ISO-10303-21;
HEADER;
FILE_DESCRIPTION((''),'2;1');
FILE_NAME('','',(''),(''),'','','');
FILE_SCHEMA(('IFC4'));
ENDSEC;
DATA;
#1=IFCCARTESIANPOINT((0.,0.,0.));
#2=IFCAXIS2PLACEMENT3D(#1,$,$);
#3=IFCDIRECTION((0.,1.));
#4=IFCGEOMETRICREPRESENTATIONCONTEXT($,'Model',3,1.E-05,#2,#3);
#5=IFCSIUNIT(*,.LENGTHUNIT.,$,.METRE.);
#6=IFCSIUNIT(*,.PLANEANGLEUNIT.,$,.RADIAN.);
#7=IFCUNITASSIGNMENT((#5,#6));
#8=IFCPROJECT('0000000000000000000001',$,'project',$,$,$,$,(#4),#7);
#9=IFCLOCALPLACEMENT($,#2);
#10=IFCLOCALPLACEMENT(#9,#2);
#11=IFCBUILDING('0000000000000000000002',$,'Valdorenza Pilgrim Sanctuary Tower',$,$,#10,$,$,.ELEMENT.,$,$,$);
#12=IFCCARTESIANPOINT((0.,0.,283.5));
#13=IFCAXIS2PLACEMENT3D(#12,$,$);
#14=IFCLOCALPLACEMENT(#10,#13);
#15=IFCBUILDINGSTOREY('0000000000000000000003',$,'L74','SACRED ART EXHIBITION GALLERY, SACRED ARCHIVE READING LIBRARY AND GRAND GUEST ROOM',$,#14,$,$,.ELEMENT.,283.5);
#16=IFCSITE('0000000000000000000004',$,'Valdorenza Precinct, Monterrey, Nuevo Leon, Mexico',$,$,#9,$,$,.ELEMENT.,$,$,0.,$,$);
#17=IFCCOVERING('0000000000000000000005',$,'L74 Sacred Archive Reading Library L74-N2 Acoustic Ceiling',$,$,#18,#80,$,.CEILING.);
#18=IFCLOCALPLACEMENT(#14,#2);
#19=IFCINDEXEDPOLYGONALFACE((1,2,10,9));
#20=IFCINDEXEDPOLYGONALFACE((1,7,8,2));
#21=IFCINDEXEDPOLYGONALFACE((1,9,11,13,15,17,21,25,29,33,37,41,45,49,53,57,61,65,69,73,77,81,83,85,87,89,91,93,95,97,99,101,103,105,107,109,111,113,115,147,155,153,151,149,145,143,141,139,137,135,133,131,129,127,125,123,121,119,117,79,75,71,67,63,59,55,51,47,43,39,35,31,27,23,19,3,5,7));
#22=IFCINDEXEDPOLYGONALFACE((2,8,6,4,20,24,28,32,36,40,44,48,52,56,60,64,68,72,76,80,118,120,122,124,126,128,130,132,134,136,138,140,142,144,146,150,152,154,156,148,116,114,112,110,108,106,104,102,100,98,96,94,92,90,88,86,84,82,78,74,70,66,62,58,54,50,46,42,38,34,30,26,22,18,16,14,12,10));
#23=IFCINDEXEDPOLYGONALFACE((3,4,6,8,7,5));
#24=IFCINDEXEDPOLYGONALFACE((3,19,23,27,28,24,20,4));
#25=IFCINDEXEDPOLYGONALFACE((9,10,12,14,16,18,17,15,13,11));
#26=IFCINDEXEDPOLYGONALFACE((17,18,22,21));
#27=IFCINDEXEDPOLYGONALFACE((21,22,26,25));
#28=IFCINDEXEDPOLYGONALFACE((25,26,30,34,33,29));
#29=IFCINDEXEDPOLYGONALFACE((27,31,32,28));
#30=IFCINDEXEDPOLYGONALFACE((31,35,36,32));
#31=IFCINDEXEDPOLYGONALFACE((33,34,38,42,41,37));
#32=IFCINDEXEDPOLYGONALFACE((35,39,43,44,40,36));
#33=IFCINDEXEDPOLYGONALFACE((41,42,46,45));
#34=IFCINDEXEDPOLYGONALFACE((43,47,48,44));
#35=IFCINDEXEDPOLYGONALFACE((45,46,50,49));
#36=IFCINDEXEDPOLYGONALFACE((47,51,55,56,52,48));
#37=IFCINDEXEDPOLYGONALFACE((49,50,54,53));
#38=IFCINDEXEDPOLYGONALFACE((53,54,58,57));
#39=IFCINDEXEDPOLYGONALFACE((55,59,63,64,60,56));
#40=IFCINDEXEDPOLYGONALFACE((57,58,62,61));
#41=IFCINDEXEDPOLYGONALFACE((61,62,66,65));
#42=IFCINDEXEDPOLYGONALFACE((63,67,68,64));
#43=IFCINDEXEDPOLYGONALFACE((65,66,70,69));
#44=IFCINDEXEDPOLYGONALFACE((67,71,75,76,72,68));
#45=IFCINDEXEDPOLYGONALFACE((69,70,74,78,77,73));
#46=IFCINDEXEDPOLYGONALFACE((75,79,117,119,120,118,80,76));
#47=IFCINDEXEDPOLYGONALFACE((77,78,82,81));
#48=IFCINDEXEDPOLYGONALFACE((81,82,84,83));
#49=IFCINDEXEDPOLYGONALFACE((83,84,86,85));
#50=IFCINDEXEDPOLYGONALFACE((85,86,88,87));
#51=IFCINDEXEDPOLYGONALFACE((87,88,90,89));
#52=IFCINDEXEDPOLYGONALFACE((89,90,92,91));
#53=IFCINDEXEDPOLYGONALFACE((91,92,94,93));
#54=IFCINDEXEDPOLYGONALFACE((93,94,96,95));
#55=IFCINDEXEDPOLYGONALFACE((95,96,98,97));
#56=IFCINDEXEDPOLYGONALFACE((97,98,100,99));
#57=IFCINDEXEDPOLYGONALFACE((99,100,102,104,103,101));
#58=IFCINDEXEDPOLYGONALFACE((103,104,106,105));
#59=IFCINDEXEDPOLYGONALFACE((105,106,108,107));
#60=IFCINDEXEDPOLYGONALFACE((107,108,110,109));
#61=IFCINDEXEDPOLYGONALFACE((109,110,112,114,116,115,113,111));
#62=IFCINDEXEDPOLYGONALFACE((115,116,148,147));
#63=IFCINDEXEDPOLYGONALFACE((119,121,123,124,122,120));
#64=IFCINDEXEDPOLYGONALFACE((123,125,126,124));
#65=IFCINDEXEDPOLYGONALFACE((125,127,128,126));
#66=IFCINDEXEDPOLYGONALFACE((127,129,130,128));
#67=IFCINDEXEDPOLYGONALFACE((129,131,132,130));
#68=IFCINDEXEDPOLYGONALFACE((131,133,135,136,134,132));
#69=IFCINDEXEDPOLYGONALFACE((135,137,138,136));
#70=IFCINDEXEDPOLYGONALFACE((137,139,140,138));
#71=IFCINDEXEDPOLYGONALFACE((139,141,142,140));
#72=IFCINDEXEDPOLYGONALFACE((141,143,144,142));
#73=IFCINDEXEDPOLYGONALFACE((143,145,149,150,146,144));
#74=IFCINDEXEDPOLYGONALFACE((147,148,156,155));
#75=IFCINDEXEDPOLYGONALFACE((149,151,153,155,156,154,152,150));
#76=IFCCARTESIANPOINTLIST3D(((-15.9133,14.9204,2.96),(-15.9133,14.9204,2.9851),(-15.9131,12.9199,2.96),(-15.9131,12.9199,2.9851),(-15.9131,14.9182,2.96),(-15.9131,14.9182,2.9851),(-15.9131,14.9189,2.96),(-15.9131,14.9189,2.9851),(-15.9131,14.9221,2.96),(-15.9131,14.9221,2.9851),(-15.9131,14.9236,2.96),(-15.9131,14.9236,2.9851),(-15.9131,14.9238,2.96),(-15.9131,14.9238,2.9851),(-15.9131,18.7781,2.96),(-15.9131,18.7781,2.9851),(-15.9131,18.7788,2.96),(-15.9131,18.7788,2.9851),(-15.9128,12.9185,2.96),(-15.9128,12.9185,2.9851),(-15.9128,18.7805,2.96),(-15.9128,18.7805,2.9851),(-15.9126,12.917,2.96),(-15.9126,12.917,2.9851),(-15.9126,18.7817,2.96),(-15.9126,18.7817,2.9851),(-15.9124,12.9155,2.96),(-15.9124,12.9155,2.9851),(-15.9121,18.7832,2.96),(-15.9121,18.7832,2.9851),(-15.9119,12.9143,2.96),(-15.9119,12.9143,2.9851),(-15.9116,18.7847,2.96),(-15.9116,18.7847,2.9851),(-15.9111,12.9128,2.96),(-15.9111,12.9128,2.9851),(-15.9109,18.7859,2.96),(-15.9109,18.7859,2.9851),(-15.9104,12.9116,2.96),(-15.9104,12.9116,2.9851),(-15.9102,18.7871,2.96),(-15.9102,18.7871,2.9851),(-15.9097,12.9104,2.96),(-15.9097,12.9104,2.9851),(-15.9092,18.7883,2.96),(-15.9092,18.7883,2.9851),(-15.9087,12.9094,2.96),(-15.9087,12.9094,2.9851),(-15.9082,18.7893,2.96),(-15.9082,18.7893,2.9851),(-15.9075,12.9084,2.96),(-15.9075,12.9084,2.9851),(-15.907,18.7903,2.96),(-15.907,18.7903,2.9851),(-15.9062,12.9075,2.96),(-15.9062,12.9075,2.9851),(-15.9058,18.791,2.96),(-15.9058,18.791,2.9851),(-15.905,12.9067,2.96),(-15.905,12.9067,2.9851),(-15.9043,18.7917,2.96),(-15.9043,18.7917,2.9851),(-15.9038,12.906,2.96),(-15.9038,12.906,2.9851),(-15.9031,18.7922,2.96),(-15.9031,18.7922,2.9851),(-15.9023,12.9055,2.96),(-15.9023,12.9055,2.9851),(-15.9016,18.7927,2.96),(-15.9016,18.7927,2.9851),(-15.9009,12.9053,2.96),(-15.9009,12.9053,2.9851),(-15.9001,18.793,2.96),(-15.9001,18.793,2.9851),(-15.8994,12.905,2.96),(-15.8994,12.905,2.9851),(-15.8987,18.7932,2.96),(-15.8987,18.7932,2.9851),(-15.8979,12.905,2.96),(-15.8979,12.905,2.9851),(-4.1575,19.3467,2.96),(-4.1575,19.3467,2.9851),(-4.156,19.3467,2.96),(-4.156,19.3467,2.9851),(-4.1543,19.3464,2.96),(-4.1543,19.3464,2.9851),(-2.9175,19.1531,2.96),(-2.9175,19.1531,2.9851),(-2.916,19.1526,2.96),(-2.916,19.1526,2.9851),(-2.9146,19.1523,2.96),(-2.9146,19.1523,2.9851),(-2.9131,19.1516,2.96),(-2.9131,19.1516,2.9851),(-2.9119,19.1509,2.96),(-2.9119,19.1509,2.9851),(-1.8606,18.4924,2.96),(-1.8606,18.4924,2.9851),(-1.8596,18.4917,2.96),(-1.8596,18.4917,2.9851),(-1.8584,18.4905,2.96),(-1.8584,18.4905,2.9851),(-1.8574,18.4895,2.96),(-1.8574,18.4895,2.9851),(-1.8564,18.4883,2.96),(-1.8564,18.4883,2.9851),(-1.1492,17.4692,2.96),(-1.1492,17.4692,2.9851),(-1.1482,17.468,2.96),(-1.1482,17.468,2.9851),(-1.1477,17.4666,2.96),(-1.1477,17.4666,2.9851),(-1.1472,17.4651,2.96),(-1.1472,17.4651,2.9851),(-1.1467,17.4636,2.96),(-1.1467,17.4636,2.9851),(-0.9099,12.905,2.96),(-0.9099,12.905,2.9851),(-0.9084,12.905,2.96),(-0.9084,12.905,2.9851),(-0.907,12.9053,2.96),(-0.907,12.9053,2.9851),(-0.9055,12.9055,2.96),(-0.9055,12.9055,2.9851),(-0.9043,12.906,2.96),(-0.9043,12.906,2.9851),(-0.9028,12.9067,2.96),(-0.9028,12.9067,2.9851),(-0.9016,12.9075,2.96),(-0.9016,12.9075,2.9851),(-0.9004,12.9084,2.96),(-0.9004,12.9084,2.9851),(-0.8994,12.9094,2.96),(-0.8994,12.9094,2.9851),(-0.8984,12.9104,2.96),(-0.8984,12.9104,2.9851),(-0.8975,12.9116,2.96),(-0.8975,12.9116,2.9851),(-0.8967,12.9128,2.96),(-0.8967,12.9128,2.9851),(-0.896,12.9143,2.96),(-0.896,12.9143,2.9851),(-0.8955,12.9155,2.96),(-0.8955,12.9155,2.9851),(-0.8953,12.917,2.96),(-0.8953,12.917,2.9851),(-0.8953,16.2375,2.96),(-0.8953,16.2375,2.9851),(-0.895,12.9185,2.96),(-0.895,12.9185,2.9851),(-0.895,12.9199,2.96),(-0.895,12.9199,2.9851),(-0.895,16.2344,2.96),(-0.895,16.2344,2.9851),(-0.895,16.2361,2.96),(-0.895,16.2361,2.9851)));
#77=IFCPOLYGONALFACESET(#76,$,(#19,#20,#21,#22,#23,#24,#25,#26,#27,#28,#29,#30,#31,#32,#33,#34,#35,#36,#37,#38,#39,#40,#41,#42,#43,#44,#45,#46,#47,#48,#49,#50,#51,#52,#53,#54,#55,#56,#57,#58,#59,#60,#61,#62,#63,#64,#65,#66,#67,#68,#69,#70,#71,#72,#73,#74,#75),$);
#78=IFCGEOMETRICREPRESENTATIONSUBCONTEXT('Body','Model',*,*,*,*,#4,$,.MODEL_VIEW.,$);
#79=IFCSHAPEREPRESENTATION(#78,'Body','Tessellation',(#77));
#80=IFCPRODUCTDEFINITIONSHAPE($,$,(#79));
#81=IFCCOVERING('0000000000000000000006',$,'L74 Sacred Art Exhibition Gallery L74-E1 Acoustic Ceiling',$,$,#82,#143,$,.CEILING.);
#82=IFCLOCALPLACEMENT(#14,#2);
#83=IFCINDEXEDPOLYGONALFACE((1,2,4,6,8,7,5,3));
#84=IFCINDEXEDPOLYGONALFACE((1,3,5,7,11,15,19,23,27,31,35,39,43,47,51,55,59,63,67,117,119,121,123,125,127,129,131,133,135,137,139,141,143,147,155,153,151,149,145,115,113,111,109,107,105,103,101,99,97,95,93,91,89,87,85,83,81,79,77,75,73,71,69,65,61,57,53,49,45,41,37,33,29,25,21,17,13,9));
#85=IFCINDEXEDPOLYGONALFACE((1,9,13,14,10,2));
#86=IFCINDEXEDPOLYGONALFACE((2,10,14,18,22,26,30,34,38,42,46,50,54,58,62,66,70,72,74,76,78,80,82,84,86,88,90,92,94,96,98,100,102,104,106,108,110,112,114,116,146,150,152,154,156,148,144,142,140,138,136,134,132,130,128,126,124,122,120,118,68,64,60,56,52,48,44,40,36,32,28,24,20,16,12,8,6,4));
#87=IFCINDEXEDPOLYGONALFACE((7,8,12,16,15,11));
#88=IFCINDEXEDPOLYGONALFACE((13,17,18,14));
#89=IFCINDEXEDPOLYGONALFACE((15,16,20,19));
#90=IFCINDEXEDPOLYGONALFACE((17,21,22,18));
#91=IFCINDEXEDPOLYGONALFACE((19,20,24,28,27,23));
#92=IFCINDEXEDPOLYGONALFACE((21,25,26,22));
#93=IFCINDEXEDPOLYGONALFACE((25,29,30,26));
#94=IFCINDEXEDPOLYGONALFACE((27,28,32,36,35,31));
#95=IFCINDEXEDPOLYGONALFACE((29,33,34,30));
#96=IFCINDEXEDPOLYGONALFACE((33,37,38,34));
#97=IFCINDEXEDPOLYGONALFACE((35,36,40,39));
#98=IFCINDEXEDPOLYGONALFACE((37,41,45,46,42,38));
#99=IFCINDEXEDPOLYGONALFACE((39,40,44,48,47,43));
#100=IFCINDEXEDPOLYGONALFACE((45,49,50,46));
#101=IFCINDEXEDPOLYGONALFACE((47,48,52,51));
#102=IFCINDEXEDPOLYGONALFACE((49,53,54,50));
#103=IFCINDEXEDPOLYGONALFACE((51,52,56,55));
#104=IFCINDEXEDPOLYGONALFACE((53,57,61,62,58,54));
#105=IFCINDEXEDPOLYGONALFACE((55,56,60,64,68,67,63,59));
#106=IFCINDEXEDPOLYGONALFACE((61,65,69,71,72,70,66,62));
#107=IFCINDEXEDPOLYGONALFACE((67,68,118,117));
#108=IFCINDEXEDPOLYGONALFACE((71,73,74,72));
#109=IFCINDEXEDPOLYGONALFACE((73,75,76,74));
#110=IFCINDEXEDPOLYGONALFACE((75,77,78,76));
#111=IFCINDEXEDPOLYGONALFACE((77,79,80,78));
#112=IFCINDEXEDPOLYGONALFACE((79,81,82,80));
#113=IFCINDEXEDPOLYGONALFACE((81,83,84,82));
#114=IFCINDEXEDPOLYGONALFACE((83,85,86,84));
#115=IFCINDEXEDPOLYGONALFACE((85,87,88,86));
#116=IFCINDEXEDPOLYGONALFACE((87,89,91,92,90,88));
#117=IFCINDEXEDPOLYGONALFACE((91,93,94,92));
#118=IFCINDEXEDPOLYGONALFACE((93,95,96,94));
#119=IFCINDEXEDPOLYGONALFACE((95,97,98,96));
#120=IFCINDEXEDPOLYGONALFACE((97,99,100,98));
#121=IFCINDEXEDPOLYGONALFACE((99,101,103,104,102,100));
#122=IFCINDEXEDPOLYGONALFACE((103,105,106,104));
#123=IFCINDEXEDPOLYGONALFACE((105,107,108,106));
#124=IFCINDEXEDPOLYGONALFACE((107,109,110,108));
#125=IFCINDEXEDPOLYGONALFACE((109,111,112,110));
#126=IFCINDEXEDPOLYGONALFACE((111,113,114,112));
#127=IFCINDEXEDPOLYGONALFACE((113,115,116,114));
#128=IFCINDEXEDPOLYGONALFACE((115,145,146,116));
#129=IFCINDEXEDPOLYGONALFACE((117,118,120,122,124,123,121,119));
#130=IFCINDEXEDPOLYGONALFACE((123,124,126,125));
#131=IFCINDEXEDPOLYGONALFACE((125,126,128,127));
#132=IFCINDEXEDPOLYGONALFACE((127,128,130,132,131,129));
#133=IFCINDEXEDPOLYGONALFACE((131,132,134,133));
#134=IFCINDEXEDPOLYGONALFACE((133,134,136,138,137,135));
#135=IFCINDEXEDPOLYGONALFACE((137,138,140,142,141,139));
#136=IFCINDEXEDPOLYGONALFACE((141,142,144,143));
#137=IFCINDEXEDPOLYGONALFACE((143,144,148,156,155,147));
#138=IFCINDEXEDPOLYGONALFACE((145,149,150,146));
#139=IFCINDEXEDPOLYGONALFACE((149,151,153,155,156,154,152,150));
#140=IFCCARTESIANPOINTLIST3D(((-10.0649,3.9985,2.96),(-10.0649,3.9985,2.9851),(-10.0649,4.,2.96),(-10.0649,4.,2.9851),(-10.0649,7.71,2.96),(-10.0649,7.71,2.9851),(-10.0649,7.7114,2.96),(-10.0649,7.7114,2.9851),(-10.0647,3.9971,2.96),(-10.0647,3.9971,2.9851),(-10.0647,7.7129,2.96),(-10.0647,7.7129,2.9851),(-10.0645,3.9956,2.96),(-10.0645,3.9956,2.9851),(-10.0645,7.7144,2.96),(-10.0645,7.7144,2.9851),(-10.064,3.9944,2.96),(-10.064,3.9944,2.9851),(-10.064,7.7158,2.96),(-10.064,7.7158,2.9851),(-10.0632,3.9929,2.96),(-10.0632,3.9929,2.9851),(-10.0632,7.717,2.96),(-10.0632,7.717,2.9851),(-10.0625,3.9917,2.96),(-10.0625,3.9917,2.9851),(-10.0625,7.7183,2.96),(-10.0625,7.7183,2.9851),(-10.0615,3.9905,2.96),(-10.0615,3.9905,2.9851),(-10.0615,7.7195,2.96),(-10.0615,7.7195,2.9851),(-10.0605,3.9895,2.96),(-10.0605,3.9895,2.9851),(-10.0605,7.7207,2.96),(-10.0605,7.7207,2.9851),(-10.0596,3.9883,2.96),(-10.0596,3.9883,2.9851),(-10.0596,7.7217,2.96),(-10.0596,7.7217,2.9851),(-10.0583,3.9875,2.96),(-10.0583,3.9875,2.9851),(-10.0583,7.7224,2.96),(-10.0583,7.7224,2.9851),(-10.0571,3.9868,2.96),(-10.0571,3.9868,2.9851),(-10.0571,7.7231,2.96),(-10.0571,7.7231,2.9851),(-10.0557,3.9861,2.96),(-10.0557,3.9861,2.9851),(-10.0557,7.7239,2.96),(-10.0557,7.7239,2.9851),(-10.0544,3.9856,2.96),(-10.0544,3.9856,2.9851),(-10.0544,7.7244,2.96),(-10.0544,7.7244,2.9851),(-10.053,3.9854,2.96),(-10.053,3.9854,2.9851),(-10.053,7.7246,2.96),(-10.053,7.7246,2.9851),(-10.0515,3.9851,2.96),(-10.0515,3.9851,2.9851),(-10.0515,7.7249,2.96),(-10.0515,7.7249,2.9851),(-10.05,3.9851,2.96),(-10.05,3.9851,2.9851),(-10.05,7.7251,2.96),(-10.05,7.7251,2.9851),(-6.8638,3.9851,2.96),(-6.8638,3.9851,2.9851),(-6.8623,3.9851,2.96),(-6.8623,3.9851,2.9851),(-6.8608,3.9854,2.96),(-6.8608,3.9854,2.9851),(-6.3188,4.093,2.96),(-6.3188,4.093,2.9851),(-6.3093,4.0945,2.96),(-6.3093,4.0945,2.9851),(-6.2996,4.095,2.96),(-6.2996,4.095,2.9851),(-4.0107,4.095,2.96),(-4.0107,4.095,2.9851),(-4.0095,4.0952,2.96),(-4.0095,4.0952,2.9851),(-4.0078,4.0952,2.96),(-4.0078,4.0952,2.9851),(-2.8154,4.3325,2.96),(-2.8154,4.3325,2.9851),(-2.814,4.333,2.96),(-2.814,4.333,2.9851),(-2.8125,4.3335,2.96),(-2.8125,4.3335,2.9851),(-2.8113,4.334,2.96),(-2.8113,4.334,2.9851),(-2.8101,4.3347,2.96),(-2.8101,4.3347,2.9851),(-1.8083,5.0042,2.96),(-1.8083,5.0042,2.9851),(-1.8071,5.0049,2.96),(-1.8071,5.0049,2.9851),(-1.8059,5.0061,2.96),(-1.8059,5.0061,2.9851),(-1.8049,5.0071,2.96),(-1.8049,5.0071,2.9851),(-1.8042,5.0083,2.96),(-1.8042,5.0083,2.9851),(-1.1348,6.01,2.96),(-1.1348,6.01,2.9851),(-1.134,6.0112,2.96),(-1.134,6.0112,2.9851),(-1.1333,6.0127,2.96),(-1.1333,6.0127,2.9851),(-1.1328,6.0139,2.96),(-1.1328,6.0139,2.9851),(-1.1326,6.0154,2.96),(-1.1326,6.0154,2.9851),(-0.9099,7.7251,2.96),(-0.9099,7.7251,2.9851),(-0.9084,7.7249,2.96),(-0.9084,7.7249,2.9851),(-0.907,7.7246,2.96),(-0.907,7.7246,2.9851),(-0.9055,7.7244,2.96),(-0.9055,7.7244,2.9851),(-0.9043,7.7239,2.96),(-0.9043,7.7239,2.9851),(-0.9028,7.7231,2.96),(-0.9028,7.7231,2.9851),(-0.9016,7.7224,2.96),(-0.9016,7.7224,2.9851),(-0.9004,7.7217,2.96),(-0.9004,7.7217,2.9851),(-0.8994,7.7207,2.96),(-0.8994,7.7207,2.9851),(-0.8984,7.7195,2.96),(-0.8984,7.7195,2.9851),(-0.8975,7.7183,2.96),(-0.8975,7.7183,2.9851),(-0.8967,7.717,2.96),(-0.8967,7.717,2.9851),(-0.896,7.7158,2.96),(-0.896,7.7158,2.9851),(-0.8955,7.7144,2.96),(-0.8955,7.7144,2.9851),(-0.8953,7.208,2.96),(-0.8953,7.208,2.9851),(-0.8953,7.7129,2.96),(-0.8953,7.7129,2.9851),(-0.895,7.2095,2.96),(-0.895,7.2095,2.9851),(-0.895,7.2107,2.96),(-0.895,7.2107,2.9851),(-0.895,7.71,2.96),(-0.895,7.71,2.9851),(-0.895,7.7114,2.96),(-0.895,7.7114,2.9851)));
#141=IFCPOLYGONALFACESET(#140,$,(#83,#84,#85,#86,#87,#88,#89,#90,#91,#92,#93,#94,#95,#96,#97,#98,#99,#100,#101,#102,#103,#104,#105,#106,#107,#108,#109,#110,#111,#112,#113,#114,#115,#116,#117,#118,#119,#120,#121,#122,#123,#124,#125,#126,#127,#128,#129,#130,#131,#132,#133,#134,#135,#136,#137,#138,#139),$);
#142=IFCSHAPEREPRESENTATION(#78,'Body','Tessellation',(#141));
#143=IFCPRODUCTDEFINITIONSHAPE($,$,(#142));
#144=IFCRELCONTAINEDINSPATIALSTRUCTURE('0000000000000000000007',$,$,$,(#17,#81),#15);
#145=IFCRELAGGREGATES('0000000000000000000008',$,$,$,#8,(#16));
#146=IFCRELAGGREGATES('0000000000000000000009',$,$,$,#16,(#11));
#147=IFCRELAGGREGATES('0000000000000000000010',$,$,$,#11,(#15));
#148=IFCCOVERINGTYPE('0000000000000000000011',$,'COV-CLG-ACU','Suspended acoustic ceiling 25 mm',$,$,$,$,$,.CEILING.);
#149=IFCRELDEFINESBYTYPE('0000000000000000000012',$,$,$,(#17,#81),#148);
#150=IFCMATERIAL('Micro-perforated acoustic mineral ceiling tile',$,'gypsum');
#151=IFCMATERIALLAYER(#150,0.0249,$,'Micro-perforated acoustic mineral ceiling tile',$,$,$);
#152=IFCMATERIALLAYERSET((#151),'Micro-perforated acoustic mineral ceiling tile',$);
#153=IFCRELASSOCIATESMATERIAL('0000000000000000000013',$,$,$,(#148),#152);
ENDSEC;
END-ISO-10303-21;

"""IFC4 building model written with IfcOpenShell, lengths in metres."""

from ifc_helpers import new_model, si_unit, direction, frame, origin, place, context, subcontext, project, spatial, polyline, outline, extrude, material, layer, layer_set, type_object, element, save


model = new_model("IFC4")

# Units and contexts
model_context = context("Model", 3, precision=1e-05, world=origin(), true_north=direction((0.0, 1.0)))
body_context = subcontext(model_context, "Body", "Model", "MODEL_VIEW")
ifc_project = project(units=[si_unit("LENGTHUNIT", "METRE"), si_unit("PLANEANGLEUNIT", "RADIAN")], contexts=[model_context])

# Site, building, storey
site_placement = place(None, origin())
site = spatial("IfcSite", under=ifc_project, at=site_placement, Name="Valdorenza Precinct, Monterrey, Nuevo Leon, Mexico", CompositionType="ELEMENT", RefElevation=0.0)
building_placement = place(site_placement, origin())
building = spatial("IfcBuilding", under=site, at=building_placement, Name="Valdorenza Pilgrim Sanctuary Tower", CompositionType="ELEMENT")
storey_placement = place(building_placement, frame((0.0, 0.0, 283.5)))
storey = spatial("IfcBuildingStorey", under=building, at=storey_placement, Name="L74", Description="SACRED ART EXHIBITION GALLERY, SACRED ARCHIVE READING LIBRARY AND GRAND GUEST ROOM", CompositionType="ELEMENT", Elevation=283.5)

# Coverings
ifc_material_1 = material(Name="Micro-perforated acoustic mineral ceiling tile", Category="gypsum")
ifc_layer_1 = layer(ifc_material_1, 0.0249, Name="Micro-perforated acoustic mineral ceiling tile")
ifc_layer_set_1 = layer_set([ifc_layer_1], Name="Micro-perforated acoustic mineral ceiling tile")
covering_type_1 = type_object("IfcCoveringType", Name="COV-CLG-ACU", Description="Suspended acoustic ceiling 25 mm", PredefinedType="CEILING", material=ifc_layer_set_1)
covering_1_placement = place(storey_placement, frame((0.0, 0.0, 2.96)))
element("IfcCovering", 1, at=covering_1_placement, inside=storey, type_object=covering_type_1, Name="L74 Sacred Archive Reading Library L74-N2 Acoustic Ceiling", PredefinedType="CEILING", context=body_context, shape_type="SweptSolid", body=[
    extrude(outline(polyline([(-15.9131, 14.9182), (-15.9131, 14.9189), (-15.9133, 14.9204), (-15.9131, 14.9221), (-15.9131, 14.9236), (-15.9131, 14.9238), (-15.9131, 18.7781), (-15.9131, 18.7781), (-15.9131, 18.7788), (-15.9128, 18.7805), (-15.9126, 18.7817), (-15.9121, 18.7832), (-15.9116, 18.7847), (-15.9109, 18.7859), (-15.9102, 18.7871), (-15.9092, 18.7883), (-15.9082, 18.7893), (-15.907, 18.7903), (-15.9058, 18.791), (-15.9043, 18.7917), (-15.9031, 18.7922), (-15.9016, 18.7927), (-15.9001, 18.793), (-15.8987, 18.7932), (-4.1575, 19.3467), (-4.156, 19.3467), (-4.1543, 19.3464), (-2.9175, 19.1531), (-2.916, 19.1526), (-2.9146, 19.1523), (-2.9131, 19.1516), (-2.9119, 19.1509), (-1.8606, 18.4924), (-1.8596, 18.4917), (-1.8584, 18.4905), (-1.8574, 18.4895), (-1.8564, 18.4883), (-1.1492, 17.4692), (-1.1482, 17.468), (-1.1477, 17.4666), (-1.1472, 17.4651), (-1.1467, 17.4636), (-0.8953, 16.2375), (-0.895, 16.2361), (-0.895, 16.2344), (-0.895, 12.9199), (-0.895, 12.9185), (-0.8953, 12.917), (-0.8955, 12.9155), (-0.896, 12.9143), (-0.8967, 12.9128), (-0.8975, 12.9116), (-0.8984, 12.9104), (-0.8994, 12.9094), (-0.9004, 12.9084), (-0.9016, 12.9075), (-0.9028, 12.9067), (-0.9043, 12.906), (-0.9055, 12.9055), (-0.907, 12.9053), (-0.9084, 12.905), (-0.9099, 12.905), (-15.8979, 12.905), (-15.8994, 12.905), (-15.9009, 12.9053), (-15.9023, 12.9055), (-15.9038, 12.906), (-15.905, 12.9067), (-15.9062, 12.9075), (-15.9075, 12.9084), (-15.9087, 12.9094), (-15.9097, 12.9104), (-15.9104, 12.9116), (-15.9111, 12.9128), (-15.9119, 12.9143), (-15.9124, 12.9155), (-15.9126, 12.917), (-15.9128, 12.9185), (-15.9131, 12.9199), (-15.9131, 14.9182)])), origin(), (0.0, 0.0, 1.0), 0.0251),
])
covering_2_placement = place(storey_placement, frame((0.0, 0.0, 2.96)))
element("IfcCovering", 2, at=covering_2_placement, inside=storey, type_object=covering_type_1, Name="L74 Sacred Art Exhibition Gallery L74-E1 Acoustic Ceiling", PredefinedType="CEILING", context=body_context, shape_type="SweptSolid", body=[
    extrude(outline(polyline([(-10.0649, 7.71), (-10.0649, 7.7114), (-10.0647, 7.7129), (-10.0645, 7.7144), (-10.064, 7.7158), (-10.0632, 7.717), (-10.0625, 7.7183), (-10.0615, 7.7195), (-10.0605, 7.7207), (-10.0596, 7.7217), (-10.0583, 7.7224), (-10.0571, 7.7231), (-10.0557, 7.7239), (-10.0544, 7.7244), (-10.053, 7.7246), (-10.0515, 7.7249), (-10.05, 7.7251), (-0.9099, 7.7251), (-0.9084, 7.7249), (-0.907, 7.7246), (-0.9055, 7.7244), (-0.9043, 7.7239), (-0.9028, 7.7231), (-0.9016, 7.7224), (-0.9004, 7.7217), (-0.8994, 7.7207), (-0.8984, 7.7195), (-0.8975, 7.7183), (-0.8967, 7.717), (-0.896, 7.7158), (-0.8955, 7.7144), (-0.8953, 7.7129), (-0.895, 7.7114), (-0.895, 7.71), (-0.895, 7.2107), (-0.895, 7.2095), (-0.8953, 7.208), (-1.1326, 6.0154), (-1.1328, 6.0139), (-1.1333, 6.0127), (-1.134, 6.0112), (-1.1348, 6.01), (-1.8042, 5.0083), (-1.8049, 5.0071), (-1.8059, 5.0061), (-1.8071, 5.0049), (-1.8083, 5.0042), (-2.8101, 4.3347), (-2.8113, 4.334), (-2.8125, 4.3335), (-2.814, 4.333), (-2.8154, 4.3325), (-4.0078, 4.0952), (-4.0095, 4.0952), (-4.0107, 4.095), (-6.2996, 4.095), (-6.3093, 4.0945), (-6.3188, 4.093), (-6.8608, 3.9854), (-6.8623, 3.9851), (-6.8638, 3.9851), (-10.05, 3.9851), (-10.0515, 3.9851), (-10.053, 3.9854), (-10.0544, 3.9856), (-10.0557, 3.9861), (-10.0571, 3.9868), (-10.0583, 3.9875), (-10.0596, 3.9883), (-10.0605, 3.9895), (-10.0615, 3.9905), (-10.0625, 3.9917), (-10.0632, 3.9929), (-10.064, 3.9944), (-10.0645, 3.9956), (-10.0647, 3.9971), (-10.0649, 3.9985), (-10.0649, 4.0), (-10.0649, 7.71)])), origin(), (0.0, 0.0, 1.0), 0.0251),
])

save(model, "model.ifc")
